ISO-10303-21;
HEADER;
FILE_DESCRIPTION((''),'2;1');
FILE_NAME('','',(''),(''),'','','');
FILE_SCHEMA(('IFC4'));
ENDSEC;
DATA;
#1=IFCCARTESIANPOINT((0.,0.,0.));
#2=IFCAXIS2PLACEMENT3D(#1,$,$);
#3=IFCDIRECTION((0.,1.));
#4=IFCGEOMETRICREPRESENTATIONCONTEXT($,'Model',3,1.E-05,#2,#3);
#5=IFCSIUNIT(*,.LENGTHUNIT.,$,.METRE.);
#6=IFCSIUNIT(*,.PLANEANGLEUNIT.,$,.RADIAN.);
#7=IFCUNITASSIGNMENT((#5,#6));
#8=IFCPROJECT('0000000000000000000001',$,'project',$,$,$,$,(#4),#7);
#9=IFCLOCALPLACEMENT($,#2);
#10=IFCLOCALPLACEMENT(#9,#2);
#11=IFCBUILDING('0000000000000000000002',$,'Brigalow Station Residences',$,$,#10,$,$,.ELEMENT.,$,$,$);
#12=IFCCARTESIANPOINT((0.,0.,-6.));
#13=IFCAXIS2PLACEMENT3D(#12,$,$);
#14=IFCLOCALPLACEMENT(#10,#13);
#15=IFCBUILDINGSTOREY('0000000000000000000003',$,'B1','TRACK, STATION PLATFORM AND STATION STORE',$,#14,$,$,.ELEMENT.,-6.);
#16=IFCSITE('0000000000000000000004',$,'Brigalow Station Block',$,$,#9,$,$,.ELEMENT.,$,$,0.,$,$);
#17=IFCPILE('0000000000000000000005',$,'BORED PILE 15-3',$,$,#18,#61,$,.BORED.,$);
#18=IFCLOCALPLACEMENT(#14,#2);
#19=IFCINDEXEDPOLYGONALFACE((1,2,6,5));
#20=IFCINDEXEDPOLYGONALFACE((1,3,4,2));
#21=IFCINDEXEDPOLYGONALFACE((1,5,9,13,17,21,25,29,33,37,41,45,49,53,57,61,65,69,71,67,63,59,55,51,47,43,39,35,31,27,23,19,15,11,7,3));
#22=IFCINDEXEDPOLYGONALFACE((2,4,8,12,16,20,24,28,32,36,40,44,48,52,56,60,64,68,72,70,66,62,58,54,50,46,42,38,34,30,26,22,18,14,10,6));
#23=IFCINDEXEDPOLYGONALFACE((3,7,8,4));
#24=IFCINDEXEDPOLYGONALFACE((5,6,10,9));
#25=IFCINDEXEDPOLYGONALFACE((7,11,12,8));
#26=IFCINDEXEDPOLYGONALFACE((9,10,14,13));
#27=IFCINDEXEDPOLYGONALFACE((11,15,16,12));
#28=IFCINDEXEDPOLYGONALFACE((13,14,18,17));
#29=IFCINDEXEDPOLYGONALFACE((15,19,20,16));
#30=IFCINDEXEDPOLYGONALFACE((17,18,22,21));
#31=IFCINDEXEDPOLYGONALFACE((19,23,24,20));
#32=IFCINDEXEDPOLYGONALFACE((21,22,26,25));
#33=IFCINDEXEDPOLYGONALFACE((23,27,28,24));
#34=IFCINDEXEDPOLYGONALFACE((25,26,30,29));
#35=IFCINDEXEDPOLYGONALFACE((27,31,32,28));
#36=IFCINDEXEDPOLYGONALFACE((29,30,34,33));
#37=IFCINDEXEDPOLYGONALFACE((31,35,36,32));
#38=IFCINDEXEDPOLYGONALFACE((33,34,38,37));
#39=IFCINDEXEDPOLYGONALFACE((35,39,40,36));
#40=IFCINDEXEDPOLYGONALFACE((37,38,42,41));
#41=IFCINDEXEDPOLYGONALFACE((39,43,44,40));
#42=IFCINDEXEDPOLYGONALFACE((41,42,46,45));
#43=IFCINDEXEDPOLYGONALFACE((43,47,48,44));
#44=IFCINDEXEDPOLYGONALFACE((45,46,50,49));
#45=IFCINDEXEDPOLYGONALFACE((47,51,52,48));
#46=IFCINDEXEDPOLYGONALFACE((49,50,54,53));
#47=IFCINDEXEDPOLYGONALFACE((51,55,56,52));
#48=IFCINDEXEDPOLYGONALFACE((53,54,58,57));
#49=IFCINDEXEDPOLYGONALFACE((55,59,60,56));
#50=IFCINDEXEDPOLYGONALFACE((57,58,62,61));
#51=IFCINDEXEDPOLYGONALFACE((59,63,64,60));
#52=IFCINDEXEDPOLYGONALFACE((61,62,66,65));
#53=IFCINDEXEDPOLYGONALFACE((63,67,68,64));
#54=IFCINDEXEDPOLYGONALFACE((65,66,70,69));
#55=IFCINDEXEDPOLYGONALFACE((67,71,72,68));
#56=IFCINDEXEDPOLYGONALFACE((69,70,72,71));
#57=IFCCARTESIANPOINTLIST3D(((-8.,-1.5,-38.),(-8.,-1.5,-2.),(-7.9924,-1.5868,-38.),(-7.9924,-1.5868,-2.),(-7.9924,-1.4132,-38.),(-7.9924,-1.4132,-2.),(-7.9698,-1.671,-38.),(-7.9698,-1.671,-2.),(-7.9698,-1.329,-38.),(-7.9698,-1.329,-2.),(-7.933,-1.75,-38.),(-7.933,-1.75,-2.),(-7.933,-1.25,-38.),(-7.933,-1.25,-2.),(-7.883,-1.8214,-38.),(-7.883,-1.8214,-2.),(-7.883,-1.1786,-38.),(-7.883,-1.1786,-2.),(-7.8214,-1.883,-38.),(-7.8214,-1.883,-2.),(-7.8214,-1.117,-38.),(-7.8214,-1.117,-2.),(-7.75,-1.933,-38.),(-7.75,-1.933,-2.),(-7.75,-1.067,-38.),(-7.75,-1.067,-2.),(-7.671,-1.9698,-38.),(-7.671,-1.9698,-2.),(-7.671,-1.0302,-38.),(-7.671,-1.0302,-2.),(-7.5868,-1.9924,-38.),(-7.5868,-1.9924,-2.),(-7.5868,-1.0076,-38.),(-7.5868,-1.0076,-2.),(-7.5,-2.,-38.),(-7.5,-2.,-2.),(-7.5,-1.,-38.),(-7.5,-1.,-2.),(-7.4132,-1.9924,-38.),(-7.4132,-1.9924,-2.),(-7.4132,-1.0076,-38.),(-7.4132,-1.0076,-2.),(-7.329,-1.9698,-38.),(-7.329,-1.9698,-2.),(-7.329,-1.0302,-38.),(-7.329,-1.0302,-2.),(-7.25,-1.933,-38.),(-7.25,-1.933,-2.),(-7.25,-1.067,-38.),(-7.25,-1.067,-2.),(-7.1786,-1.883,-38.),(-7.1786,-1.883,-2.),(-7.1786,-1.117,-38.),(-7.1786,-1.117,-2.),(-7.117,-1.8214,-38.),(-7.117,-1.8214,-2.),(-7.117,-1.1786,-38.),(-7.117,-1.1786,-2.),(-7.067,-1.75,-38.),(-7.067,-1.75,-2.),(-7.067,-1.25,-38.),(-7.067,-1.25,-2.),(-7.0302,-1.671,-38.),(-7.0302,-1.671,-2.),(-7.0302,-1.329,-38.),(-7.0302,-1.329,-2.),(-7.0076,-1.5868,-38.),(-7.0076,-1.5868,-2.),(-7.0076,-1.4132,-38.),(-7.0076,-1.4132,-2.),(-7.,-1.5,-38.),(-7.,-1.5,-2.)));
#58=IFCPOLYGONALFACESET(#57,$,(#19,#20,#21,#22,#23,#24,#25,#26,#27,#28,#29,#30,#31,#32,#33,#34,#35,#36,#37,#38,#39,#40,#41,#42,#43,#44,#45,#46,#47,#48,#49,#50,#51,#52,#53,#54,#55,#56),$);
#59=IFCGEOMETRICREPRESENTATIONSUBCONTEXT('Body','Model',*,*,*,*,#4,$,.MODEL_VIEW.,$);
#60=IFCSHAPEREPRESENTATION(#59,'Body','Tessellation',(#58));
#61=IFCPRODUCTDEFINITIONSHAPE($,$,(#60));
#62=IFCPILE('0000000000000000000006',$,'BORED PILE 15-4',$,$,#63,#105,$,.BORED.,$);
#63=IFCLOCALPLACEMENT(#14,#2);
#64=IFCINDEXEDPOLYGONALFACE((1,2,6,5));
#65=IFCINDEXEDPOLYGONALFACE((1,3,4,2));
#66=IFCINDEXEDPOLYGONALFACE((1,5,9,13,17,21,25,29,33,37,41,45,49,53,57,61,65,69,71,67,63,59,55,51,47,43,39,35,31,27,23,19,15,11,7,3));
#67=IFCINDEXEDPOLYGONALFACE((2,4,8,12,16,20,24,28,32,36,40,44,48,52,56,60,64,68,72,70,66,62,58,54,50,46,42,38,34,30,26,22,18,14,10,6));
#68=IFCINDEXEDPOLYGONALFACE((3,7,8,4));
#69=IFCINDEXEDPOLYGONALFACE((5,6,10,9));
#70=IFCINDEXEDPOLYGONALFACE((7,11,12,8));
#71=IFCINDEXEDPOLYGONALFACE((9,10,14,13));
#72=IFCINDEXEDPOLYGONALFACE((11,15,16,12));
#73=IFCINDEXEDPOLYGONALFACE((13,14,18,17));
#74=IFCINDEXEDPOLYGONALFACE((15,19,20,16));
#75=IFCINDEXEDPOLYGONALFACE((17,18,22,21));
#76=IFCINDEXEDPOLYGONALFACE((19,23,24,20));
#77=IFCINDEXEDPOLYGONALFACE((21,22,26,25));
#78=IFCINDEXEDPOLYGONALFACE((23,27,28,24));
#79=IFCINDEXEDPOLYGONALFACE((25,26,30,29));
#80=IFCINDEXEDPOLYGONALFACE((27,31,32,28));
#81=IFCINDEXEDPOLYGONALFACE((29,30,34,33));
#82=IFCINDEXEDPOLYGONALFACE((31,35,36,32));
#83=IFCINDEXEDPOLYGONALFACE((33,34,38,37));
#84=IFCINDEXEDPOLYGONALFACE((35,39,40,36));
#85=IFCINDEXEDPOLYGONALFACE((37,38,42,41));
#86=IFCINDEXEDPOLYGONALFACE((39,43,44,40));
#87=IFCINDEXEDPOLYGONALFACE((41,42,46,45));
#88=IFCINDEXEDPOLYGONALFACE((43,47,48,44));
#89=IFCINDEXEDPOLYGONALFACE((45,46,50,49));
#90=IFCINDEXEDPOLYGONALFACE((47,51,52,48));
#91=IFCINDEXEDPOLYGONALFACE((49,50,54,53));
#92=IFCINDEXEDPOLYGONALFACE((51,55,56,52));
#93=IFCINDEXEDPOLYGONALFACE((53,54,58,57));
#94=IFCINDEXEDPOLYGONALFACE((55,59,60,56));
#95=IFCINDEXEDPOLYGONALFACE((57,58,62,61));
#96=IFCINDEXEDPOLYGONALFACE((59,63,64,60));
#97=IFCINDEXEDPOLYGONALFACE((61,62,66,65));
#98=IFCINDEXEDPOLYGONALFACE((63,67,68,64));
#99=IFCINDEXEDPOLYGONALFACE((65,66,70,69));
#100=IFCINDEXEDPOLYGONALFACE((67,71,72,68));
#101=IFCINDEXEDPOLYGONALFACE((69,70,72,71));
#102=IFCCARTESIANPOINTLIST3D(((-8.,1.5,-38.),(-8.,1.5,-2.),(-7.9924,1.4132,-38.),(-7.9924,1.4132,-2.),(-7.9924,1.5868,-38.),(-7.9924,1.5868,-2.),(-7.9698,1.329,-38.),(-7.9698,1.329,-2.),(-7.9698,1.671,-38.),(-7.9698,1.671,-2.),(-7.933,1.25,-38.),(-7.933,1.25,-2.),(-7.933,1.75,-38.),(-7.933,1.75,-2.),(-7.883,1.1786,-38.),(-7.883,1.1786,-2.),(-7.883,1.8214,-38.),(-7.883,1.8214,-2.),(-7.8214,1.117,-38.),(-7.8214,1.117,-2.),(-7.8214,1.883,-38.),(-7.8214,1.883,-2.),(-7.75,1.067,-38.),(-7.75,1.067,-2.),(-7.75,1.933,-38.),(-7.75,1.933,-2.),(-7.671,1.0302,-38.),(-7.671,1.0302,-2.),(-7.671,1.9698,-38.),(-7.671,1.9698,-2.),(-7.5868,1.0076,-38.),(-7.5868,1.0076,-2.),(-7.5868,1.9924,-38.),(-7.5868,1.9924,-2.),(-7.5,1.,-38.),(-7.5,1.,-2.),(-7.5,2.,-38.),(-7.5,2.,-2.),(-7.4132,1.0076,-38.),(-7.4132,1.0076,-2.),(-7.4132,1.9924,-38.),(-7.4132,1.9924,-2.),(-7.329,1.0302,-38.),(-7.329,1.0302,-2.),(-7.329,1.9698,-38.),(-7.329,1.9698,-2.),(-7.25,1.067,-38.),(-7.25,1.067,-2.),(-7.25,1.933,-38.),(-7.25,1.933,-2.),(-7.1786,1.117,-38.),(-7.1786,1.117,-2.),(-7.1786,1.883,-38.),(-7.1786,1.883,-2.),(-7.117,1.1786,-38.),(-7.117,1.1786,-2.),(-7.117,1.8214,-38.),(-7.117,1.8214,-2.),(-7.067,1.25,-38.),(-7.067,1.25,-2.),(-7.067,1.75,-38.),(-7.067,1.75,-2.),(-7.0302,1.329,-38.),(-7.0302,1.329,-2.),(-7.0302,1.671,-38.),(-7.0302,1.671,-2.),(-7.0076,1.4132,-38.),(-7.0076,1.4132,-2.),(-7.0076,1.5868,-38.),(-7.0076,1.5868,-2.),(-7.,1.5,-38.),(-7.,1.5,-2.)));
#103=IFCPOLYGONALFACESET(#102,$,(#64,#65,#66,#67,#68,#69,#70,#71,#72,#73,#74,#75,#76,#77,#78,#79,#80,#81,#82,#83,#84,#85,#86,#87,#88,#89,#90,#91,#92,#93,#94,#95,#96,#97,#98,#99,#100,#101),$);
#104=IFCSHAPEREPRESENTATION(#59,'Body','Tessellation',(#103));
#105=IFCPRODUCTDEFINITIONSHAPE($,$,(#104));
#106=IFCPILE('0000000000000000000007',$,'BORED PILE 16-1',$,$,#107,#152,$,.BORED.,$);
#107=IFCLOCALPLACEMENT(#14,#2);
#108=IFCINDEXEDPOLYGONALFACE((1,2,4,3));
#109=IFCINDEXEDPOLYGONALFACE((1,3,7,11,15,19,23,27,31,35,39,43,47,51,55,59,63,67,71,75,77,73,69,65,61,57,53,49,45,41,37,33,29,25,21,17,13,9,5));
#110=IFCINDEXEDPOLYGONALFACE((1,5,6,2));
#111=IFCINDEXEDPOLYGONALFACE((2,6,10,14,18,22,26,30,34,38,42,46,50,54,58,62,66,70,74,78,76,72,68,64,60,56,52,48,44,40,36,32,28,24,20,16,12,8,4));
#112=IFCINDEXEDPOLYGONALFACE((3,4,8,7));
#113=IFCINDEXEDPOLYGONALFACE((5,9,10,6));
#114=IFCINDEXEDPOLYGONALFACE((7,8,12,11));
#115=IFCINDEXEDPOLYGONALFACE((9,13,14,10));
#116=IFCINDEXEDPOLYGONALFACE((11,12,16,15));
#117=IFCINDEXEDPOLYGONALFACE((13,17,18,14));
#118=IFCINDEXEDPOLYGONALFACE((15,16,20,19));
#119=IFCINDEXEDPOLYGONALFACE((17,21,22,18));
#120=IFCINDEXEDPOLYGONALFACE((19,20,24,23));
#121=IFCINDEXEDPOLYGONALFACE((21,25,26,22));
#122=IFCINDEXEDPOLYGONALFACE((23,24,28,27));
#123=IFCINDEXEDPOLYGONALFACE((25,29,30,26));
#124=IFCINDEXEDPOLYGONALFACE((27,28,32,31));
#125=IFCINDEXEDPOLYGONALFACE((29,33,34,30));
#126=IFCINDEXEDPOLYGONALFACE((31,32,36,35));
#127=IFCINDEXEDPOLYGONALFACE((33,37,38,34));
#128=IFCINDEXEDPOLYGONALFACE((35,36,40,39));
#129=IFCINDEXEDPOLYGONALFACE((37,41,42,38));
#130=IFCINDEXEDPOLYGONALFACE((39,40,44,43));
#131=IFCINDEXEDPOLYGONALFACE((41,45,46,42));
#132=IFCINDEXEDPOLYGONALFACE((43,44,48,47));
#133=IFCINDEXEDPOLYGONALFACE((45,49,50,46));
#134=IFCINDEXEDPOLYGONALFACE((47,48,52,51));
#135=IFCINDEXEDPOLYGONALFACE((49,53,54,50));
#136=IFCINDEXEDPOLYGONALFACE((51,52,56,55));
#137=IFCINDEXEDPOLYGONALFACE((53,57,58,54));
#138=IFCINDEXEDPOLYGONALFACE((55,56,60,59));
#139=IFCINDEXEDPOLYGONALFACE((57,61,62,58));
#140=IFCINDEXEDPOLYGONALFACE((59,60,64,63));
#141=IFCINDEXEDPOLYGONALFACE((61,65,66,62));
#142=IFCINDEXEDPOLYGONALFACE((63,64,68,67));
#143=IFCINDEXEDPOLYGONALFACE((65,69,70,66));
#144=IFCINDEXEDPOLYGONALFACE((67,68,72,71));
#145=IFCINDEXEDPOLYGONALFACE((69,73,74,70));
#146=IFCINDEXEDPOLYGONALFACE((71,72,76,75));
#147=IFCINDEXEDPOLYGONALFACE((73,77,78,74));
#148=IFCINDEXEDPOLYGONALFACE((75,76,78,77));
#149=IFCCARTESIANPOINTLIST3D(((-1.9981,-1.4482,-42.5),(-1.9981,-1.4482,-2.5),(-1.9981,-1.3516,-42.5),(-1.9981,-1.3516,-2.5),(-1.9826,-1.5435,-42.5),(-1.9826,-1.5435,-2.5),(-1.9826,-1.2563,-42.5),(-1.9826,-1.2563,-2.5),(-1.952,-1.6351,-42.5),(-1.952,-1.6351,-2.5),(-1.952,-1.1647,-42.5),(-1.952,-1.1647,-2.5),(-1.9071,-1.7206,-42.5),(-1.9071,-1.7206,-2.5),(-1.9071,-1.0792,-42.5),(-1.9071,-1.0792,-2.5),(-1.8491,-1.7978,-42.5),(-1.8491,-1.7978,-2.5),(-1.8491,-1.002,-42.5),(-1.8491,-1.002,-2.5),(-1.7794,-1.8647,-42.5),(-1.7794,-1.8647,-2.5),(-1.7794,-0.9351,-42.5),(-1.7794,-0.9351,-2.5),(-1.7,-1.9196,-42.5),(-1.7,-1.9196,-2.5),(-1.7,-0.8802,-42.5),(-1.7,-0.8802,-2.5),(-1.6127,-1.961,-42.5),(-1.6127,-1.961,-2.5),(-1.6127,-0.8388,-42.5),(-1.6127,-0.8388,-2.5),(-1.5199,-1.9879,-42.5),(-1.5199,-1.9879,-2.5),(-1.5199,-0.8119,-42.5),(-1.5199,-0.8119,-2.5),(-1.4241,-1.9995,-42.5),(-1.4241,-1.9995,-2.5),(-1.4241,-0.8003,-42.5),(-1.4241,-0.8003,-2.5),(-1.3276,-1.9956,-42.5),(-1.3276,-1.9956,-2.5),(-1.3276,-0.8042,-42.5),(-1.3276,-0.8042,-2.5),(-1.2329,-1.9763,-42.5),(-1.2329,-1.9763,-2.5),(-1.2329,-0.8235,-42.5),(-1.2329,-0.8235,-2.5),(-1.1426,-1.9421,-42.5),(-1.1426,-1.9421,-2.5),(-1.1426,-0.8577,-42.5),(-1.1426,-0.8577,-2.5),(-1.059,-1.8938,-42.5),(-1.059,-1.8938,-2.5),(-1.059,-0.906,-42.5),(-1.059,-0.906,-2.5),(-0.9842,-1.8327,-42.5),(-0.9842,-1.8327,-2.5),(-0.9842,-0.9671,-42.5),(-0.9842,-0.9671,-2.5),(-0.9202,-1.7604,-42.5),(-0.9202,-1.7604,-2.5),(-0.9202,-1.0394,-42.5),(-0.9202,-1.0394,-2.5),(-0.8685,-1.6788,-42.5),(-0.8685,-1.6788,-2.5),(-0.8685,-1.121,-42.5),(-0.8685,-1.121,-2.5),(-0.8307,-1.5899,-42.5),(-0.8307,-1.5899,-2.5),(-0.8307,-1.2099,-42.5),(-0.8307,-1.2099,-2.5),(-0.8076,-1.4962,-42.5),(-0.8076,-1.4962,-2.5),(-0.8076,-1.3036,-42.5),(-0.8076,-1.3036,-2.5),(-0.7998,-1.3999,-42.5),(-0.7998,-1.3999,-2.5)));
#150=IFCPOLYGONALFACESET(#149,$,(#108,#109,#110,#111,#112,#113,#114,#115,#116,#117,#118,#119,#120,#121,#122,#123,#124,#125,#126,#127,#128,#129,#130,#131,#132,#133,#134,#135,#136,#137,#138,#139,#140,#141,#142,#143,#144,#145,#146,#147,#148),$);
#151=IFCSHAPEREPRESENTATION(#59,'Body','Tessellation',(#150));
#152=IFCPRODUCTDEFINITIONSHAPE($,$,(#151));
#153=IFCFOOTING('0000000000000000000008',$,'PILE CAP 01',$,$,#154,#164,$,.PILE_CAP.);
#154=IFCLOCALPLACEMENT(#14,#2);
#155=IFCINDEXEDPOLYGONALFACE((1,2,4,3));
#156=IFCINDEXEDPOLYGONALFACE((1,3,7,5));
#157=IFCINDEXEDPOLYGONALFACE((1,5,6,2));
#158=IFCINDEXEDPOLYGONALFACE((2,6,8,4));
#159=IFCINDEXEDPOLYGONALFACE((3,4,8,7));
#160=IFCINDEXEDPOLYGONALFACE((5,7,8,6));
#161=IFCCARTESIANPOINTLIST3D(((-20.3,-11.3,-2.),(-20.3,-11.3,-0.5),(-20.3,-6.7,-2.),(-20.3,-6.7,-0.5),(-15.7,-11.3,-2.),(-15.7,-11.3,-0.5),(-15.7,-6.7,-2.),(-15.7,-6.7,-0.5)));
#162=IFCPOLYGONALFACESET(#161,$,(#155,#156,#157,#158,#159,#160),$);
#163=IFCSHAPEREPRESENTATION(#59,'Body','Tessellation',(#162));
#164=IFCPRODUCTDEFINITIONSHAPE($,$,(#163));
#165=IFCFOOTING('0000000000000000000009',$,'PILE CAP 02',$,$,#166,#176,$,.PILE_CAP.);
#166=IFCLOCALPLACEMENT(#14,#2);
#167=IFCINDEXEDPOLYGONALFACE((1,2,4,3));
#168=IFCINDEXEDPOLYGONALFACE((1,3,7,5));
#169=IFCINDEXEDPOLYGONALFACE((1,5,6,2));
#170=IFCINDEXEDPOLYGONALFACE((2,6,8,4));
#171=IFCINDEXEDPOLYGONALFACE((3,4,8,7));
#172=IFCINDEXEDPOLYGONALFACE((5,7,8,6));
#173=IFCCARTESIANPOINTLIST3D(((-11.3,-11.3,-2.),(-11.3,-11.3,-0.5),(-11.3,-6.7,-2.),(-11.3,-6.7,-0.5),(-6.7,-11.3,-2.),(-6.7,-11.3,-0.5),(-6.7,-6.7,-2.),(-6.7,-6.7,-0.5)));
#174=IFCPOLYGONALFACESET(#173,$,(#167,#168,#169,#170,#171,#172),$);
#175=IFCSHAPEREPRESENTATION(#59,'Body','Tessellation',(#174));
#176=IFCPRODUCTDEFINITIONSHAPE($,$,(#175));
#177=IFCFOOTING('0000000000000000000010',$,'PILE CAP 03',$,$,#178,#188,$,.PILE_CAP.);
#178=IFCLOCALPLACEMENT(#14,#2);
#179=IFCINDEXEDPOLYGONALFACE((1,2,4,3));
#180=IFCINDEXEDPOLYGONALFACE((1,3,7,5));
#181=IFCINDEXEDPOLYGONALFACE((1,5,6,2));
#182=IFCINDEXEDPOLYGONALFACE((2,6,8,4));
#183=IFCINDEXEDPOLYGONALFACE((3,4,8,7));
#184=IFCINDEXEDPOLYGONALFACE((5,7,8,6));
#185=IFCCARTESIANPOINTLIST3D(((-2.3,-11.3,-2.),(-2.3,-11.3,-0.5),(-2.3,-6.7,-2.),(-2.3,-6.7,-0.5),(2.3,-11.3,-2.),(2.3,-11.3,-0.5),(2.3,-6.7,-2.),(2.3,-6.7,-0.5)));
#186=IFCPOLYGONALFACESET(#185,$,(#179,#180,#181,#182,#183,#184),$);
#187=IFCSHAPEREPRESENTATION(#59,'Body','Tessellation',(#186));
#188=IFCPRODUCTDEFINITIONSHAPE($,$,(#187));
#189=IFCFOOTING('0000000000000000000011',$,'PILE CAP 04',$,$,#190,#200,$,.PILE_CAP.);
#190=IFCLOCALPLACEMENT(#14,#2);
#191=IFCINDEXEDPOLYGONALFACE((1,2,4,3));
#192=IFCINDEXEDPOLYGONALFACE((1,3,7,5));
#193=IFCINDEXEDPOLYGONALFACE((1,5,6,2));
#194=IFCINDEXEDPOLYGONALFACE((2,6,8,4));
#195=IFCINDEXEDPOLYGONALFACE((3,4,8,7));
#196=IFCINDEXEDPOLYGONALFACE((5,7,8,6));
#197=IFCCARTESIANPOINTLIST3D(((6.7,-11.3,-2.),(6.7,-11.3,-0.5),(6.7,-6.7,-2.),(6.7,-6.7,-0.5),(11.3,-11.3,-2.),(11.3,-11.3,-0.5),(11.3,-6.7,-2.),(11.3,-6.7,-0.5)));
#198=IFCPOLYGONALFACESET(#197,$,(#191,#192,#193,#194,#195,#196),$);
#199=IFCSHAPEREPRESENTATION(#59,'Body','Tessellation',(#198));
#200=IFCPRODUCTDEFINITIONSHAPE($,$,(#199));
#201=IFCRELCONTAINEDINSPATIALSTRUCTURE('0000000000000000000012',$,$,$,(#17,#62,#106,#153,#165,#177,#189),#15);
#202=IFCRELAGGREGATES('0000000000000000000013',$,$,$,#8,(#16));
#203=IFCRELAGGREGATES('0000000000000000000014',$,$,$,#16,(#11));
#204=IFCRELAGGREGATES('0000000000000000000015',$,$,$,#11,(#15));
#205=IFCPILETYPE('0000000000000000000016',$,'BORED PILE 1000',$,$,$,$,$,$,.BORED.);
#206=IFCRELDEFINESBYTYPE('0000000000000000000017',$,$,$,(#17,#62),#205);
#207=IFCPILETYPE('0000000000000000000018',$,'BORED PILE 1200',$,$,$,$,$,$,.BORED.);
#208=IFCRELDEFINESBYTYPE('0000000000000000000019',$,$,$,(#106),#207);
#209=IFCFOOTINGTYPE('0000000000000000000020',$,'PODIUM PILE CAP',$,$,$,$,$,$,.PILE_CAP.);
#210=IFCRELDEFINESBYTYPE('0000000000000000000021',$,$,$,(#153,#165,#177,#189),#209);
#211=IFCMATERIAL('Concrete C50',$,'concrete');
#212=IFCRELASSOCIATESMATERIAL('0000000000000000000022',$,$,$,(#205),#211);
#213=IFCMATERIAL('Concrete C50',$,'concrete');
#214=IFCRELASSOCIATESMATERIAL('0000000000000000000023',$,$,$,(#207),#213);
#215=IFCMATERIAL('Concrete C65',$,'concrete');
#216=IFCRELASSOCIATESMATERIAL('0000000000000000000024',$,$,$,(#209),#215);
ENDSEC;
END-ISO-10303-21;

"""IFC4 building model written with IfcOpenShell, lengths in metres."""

from ifc_helpers import new_model, si_unit, direction, frame, origin, origin_2d, place, context, subcontext, project, spatial, polyline, circle, outline, extrude, material, material_profile, profile_set, type_object, element, save


model = new_model("IFC4")

# Units and contexts
model_context = context("Model", 3, precision=1e-05, world=origin(), true_north=direction((0.0, 1.0)))
body_context = subcontext(model_context, "Body", "Model", "MODEL_VIEW")
ifc_project = project(units=[si_unit("LENGTHUNIT", "METRE"), si_unit("PLANEANGLEUNIT", "RADIAN")], contexts=[model_context])

# Site, building, storey
site_placement = place(None, origin())
site = spatial("IfcSite", under=ifc_project, at=site_placement, Name="Brigalow Station Block", CompositionType="ELEMENT", RefElevation=0.0)
building_placement = place(site_placement, origin())
building = spatial("IfcBuilding", under=site, at=building_placement, Name="Brigalow Station Residences", CompositionType="ELEMENT")
storey_placement = place(building_placement, frame((0.0, 0.0, -6.0)))
storey = spatial("IfcBuildingStorey", under=building, at=storey_placement, Name="B1", Description="TRACK, STATION PLATFORM AND STATION STORE", CompositionType="ELEMENT", Elevation=-6.0)

# Piles
ifc_material_1 = material(Name="Concrete C50", Category="concrete")
ifc_material_profile_1 = material_profile(ifc_material_1, circle(Radius=0.5, at=origin_2d()), Name="BP1000")
ifc_profile_set_1 = profile_set([ifc_material_profile_1], Name="Concrete C50")
pile_type_1 = type_object("IfcPileType", Name="BORED PILE 1000", PredefinedType="BORED", material=ifc_profile_set_1)
for number, where, z_axis, x_axis, name in (
    (1, (-7.5, -1.5, -2.0), (0.0, 0.0, -1.0), (1.0, 0.0, 0.0), "BORED PILE 15-3"),
    (2, (-7.5, 1.5, -2.0), (0.0, 0.0, -1.0), (1.0, 0.0, 0.0), "BORED PILE 15-4"),
):
    element("IfcPile", number, at=place(storey_placement, frame(where, z_axis=z_axis, x_axis=x_axis)), inside=storey, type_object=pile_type_1, Name=name, PredefinedType="BORED", context=body_context, shape_type="SweptSolid", body=[
        extrude(circle(Radius=0.5, at=origin_2d()), origin(), (0.0, 0.0, 1.0), 36.0),
    ])
ifc_material_2 = material(Name="Concrete C50", Category="concrete")
ifc_material_profile_2 = material_profile(ifc_material_2, circle(Radius=0.6001, at=origin_2d()), Name="BP1200")
ifc_profile_set_2 = profile_set([ifc_material_profile_2], Name="Concrete C50")
pile_type_2 = type_object("IfcPileType", Name="BORED PILE 1200", PredefinedType="BORED", material=ifc_profile_set_2)
pile_placement = place(storey_placement, frame((-1.3999, -1.3999, -2.5), z_axis=(0.0, 0.0, -1.0), x_axis=(1.0, 0.0, 0.0)))
element("IfcPile", 3, at=pile_placement, inside=storey, type_object=pile_type_2, Name="BORED PILE 16-1", PredefinedType="BORED", context=body_context, shape_type="SweptSolid", body=[
    extrude(circle(Radius=0.6001, at=origin_2d()), origin(), (0.0, 0.0, 1.0), 40.0),
])

# Footings
ifc_material_3 = material(Name="Concrete C65", Category="concrete")
footing_type = type_object("IfcFootingType", Name="PODIUM PILE CAP", PredefinedType="PILE_CAP", material=ifc_material_3)
footing_1_placement = place(storey_placement, frame((0.0, 0.0, -2.0)))
element("IfcFooting", 4, at=footing_1_placement, inside=storey, type_object=footing_type, Name="PILE CAP 01", PredefinedType="PILE_CAP", context=body_context, shape_type="SweptSolid", body=[
    extrude(outline(polyline([(-15.7, -11.3), (-15.7, -6.7), (-20.3, -6.7), (-20.3, -11.3), (-15.7, -11.3)])), origin(), (0.0, 0.0, 1.0), 1.5),
])
footing_2_placement = place(storey_placement, frame((0.0, 0.0, -2.0)))
element("IfcFooting", 5, at=footing_2_placement, inside=storey, type_object=footing_type, Name="PILE CAP 02", PredefinedType="PILE_CAP", context=body_context, shape_type="SweptSolid", body=[
    extrude(outline(polyline([(-6.7, -11.3), (-6.7, -6.7), (-11.3, -6.7), (-11.3, -11.3), (-6.7, -11.3)])), origin(), (0.0, 0.0, 1.0), 1.5),
])
footing_3_placement = place(storey_placement, frame((0.0, 0.0, -2.0)))
element("IfcFooting", 6, at=footing_3_placement, inside=storey, type_object=footing_type, Name="PILE CAP 03", PredefinedType="PILE_CAP", context=body_context, shape_type="SweptSolid", body=[
    extrude(outline(polyline([(2.3, -11.3), (2.3, -6.7), (-2.3, -6.7), (-2.3, -11.3), (2.3, -11.3)])), origin(), (0.0, 0.0, 1.0), 1.5),
])
footing_4_placement = place(storey_placement, frame((0.0, 0.0, -2.0)))
element("IfcFooting", 7, at=footing_4_placement, inside=storey, type_object=footing_type, Name="PILE CAP 04", PredefinedType="PILE_CAP", context=body_context, shape_type="SweptSolid", body=[
    extrude(outline(polyline([(11.3, -11.3), (11.3, -6.7), (6.7, -6.7), (6.7, -11.3), (11.3, -11.3)])), origin(), (0.0, 0.0, 1.0), 1.5),
])

save(model, "model.ifc")
